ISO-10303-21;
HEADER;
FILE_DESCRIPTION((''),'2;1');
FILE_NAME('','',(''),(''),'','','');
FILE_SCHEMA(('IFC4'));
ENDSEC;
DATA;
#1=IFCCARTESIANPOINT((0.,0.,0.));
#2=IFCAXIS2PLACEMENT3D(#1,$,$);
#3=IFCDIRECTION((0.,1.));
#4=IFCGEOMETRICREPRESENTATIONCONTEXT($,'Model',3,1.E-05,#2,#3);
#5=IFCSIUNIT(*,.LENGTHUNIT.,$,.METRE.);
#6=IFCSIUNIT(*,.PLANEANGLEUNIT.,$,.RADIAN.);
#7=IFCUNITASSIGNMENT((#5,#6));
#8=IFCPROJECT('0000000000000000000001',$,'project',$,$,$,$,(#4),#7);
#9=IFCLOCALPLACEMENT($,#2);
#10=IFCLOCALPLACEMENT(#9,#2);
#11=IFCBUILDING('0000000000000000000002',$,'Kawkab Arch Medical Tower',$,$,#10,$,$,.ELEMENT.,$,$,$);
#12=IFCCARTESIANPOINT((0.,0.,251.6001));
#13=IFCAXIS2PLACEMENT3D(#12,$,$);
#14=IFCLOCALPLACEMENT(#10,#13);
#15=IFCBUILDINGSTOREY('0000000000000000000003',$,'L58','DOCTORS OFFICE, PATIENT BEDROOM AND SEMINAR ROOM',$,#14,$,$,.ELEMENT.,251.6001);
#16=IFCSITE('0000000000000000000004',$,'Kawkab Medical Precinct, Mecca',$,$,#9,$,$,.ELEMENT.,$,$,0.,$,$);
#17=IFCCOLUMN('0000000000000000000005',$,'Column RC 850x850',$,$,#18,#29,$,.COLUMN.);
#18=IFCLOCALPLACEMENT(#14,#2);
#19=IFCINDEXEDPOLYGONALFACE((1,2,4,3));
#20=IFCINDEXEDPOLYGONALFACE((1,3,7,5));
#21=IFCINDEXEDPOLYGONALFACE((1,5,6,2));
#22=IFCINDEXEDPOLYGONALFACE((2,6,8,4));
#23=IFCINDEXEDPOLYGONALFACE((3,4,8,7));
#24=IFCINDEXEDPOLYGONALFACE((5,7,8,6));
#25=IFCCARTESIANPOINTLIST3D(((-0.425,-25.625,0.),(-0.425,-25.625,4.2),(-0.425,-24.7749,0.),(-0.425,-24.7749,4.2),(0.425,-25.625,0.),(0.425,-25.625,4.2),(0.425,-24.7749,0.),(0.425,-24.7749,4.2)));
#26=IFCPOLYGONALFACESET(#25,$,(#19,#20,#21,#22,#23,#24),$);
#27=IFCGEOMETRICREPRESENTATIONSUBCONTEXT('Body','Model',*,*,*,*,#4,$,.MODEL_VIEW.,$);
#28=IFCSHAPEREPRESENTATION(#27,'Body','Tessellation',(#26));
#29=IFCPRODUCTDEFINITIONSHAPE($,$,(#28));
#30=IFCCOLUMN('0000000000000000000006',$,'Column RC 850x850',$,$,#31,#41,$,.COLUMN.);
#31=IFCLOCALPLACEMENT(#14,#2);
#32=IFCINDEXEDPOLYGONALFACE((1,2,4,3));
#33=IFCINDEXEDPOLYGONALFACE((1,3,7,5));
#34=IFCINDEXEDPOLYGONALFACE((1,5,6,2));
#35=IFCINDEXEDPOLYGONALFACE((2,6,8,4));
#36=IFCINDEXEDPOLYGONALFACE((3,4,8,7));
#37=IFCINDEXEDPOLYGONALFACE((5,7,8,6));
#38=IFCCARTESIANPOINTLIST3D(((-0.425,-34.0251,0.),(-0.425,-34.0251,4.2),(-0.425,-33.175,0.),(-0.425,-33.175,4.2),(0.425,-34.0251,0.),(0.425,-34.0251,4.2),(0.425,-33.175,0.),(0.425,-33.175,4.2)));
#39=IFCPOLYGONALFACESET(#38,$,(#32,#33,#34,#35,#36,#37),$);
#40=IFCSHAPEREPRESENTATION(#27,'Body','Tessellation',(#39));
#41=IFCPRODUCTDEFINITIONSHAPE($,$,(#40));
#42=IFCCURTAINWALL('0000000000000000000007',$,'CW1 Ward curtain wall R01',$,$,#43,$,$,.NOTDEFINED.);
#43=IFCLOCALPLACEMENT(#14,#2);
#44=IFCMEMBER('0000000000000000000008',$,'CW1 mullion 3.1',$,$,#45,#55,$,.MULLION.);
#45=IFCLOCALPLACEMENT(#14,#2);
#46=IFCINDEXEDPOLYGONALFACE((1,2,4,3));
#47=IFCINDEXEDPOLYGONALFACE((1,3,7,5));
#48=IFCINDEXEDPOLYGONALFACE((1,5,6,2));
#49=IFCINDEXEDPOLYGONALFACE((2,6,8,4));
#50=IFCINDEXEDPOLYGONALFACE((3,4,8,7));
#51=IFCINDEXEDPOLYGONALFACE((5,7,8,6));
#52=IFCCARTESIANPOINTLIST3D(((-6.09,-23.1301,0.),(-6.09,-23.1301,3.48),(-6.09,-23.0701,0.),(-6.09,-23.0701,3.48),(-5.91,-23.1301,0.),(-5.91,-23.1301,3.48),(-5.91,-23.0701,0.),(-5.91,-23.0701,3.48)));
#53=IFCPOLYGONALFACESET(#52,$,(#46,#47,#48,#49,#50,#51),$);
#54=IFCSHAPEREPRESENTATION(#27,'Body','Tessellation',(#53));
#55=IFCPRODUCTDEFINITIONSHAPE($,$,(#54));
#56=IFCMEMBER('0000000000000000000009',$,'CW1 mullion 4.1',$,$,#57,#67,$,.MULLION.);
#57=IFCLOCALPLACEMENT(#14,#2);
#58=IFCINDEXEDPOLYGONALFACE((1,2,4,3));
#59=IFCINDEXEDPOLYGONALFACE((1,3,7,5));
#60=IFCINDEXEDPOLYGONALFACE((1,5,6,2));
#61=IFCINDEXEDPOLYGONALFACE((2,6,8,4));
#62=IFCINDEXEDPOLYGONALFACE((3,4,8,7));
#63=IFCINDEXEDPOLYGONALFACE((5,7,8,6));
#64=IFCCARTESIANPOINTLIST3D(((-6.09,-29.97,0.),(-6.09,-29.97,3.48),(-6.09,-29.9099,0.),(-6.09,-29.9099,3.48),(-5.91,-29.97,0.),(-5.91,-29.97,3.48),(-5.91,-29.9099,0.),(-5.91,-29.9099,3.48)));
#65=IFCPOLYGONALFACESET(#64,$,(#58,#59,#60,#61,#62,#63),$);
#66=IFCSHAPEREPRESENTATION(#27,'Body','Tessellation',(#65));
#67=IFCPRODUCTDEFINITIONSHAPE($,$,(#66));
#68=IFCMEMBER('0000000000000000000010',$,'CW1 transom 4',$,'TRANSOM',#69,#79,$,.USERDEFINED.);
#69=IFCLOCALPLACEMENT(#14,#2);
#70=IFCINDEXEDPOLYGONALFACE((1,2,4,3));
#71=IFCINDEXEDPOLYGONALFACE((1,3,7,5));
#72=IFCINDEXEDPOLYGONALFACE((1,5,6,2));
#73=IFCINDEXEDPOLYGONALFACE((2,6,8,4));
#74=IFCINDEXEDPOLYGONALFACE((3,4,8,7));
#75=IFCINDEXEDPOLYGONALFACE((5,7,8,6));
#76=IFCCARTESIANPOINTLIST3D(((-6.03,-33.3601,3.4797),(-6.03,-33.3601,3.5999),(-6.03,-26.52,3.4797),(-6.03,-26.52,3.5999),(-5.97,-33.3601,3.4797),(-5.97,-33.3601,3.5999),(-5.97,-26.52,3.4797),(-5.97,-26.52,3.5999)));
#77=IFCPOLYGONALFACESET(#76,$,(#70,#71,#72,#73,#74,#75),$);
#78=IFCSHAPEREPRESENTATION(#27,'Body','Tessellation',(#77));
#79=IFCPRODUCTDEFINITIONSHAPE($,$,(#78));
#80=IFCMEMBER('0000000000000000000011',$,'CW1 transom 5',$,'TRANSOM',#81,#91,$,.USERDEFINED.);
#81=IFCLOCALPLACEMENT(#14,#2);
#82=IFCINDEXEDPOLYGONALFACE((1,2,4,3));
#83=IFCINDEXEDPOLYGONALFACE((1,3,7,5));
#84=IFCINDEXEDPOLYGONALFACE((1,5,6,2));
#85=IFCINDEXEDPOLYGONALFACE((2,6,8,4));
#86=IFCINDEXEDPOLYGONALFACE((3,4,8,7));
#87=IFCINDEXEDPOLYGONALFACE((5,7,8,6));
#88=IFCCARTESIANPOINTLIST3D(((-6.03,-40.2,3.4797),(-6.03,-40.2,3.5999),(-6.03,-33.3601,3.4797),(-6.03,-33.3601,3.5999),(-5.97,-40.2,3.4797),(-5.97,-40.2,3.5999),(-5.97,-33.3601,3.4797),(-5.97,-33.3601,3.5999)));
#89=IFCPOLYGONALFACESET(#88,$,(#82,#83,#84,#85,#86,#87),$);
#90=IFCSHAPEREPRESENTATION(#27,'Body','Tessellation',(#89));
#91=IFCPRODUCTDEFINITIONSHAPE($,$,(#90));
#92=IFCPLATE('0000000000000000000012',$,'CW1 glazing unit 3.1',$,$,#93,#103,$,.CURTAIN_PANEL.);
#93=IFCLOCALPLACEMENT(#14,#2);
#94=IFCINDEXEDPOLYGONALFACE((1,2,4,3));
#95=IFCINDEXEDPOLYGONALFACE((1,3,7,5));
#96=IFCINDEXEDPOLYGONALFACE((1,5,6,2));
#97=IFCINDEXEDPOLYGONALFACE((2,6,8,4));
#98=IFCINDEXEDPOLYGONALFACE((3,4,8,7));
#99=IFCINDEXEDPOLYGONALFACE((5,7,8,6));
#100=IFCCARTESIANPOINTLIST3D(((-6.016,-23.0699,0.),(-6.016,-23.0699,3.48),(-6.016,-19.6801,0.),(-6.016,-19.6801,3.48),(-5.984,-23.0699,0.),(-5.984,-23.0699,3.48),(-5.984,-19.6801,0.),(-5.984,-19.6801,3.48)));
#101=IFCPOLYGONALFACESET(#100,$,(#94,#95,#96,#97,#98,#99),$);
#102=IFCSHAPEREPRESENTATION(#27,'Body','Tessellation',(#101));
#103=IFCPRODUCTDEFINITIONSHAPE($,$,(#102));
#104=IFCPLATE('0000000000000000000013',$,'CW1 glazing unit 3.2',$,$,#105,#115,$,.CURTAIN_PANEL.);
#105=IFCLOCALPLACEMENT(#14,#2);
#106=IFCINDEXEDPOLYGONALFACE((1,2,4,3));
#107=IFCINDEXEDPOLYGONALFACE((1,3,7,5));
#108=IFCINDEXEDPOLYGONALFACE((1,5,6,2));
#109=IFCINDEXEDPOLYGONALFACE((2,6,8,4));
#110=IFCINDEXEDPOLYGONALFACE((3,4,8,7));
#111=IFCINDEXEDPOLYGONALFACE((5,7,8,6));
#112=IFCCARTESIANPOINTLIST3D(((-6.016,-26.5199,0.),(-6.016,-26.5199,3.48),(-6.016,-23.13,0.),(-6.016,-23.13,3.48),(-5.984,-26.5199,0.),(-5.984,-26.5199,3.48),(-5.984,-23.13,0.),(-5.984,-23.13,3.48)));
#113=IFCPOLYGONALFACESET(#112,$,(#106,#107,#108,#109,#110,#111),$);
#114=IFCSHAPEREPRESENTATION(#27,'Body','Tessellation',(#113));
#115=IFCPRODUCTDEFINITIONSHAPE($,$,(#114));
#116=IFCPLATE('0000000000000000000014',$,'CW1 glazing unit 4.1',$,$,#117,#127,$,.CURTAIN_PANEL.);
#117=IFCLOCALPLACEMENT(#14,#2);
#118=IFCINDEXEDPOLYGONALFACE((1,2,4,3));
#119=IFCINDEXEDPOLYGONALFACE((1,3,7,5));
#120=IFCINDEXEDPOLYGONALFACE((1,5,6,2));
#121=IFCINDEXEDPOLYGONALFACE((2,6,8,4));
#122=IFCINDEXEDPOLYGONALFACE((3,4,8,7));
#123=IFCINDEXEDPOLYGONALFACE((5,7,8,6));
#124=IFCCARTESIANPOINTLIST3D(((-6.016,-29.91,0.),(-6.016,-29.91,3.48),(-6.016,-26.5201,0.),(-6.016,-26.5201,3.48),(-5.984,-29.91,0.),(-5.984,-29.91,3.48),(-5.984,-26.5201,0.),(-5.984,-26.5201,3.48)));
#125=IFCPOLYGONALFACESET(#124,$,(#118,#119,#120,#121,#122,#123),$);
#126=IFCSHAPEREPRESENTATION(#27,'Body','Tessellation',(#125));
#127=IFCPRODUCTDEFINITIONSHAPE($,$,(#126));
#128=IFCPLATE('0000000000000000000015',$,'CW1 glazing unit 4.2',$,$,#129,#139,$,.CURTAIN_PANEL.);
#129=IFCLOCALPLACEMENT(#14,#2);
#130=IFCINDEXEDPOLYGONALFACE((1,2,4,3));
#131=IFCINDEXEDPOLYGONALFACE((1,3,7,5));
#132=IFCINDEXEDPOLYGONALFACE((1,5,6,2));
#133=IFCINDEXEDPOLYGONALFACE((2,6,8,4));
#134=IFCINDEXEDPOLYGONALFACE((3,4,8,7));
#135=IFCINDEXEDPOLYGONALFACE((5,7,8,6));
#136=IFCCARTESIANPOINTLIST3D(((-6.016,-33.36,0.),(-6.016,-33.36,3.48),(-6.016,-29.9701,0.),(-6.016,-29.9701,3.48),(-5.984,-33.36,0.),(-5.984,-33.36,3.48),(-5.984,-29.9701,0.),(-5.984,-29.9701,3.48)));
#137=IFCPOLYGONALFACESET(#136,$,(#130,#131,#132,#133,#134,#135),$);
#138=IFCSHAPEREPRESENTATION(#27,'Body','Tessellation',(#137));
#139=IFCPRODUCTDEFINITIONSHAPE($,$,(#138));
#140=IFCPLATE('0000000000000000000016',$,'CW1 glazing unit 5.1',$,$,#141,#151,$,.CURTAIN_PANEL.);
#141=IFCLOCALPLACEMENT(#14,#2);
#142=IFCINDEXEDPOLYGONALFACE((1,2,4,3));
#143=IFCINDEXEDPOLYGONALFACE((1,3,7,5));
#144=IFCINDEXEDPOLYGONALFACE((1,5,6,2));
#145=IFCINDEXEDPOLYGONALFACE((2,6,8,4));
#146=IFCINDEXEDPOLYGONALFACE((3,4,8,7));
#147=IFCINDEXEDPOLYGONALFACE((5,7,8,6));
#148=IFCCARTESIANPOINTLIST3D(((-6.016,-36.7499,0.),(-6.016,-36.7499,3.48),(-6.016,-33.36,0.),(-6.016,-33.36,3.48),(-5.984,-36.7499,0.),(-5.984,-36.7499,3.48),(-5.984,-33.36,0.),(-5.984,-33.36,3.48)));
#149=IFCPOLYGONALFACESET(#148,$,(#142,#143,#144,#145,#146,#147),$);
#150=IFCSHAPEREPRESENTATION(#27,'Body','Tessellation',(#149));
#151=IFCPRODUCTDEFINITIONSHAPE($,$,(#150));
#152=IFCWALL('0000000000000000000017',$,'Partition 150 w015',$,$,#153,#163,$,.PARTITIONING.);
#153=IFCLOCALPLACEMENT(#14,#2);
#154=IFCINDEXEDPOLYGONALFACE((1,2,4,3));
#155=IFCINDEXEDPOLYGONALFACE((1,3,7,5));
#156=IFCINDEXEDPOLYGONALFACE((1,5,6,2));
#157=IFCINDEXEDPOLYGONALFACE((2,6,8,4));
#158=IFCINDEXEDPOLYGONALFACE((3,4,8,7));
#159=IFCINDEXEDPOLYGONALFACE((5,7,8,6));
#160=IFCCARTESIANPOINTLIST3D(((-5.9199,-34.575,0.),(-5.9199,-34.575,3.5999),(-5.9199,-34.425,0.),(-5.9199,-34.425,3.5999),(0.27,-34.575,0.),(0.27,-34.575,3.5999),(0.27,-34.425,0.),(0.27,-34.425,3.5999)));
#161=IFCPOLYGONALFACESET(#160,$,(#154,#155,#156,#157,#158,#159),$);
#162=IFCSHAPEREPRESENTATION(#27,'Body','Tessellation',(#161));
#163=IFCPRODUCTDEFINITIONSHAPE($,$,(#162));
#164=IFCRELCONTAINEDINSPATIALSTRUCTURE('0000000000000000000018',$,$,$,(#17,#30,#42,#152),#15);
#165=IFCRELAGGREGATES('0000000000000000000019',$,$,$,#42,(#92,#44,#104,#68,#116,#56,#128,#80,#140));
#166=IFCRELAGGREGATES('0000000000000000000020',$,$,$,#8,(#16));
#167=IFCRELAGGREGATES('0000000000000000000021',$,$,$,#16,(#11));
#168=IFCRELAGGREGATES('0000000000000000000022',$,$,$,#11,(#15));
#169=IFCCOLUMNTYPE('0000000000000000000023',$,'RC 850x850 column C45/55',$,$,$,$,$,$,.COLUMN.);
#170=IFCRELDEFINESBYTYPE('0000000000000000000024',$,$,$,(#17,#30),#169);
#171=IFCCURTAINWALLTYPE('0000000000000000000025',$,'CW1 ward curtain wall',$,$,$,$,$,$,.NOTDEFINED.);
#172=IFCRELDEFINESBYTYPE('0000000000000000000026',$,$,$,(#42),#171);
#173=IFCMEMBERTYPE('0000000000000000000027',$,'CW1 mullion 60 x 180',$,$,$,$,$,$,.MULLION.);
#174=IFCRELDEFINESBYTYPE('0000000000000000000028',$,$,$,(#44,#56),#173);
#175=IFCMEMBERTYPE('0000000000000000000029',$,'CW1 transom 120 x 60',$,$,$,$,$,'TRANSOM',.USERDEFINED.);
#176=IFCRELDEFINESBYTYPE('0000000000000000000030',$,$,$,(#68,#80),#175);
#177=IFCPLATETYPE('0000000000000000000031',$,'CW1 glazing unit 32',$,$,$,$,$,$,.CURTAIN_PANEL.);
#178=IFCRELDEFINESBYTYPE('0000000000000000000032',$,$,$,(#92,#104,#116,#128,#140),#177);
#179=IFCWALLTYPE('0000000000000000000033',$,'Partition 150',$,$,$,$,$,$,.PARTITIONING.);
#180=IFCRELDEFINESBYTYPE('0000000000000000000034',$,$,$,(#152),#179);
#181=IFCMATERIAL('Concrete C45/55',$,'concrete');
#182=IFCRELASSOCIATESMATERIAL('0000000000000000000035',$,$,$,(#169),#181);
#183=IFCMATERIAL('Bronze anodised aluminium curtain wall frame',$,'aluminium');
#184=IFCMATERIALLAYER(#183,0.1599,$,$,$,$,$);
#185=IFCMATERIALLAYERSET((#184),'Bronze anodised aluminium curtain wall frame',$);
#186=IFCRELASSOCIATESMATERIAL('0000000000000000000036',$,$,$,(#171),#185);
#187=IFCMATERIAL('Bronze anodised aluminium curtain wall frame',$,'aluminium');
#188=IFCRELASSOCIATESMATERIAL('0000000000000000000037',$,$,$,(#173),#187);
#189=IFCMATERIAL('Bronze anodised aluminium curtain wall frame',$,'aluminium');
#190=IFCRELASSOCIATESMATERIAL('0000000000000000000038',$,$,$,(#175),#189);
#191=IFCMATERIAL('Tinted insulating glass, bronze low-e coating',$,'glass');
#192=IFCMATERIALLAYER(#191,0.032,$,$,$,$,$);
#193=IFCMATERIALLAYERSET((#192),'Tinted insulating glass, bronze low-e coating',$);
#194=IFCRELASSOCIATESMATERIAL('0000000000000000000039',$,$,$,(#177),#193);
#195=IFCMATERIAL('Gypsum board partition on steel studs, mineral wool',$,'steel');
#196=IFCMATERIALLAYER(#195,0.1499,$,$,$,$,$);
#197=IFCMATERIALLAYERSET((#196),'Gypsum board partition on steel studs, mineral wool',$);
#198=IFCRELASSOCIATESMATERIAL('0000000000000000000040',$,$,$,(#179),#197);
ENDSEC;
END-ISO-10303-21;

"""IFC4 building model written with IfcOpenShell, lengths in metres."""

from ifc_helpers import new_model, si_unit, direction, frame, frame_2d, origin, origin_2d, place, context, subcontext, project, spatial, rectangle, extrude, material, layer, layer_set, material_profile, profile_set, type_object, element, aggregate, save


model = new_model("IFC4")

# Units and contexts
model_context = context("Model", 3, precision=1e-05, world=origin(), true_north=direction((0.0, 1.0)))
body_context = subcontext(model_context, "Body", "Model", "MODEL_VIEW")
ifc_project = project(units=[si_unit("LENGTHUNIT", "METRE"), si_unit("PLANEANGLEUNIT", "RADIAN")], contexts=[model_context])

# Site, building, storey
site_placement = place(None, origin())
site = spatial("IfcSite", under=ifc_project, at=site_placement, Name="Kawkab Medical Precinct, Mecca", CompositionType="ELEMENT", RefElevation=0.0)
building_placement = place(site_placement, origin())
building = spatial("IfcBuilding", under=site, at=building_placement, Name="Kawkab Arch Medical Tower", CompositionType="ELEMENT")
storey_placement = place(building_placement, frame((0.0, 0.0, 251.6001)))
storey = spatial("IfcBuildingStorey", under=building, at=storey_placement, Name="L58", Description="DOCTORS OFFICE, PATIENT BEDROOM AND SEMINAR ROOM", CompositionType="ELEMENT", Elevation=251.6001)

# Columns
ifc_material_1 = material(Name="Concrete C45/55", Category="concrete")
ifc_material_profile_1 = material_profile(ifc_material_1, rectangle(XDim=0.8501, YDim=0.8501, at=origin_2d()), Name="RC 850x850")
ifc_profile_set_1 = profile_set([ifc_material_profile_1], Name="Concrete C45/55")
column_type = type_object("IfcColumnType", Name="RC 850x850 column C45/55", PredefinedType="COLUMN", material=ifc_profile_set_1)
for number, where, z_axis, x_axis, name in (
    (1, (0.0, -25.2, 0.0), (0.0, 0.0, 1.0), (1.0, 0.0, 0.0), "Column RC 850x850"),
    (2, (0.0, -33.6001, 0.0), (0.0, 0.0, 1.0), (1.0, 0.0, 0.0), "Column RC 850x850"),
):
    element("IfcColumn", number, at=place(storey_placement, frame(where, z_axis=z_axis, x_axis=x_axis)), inside=storey, type_object=column_type, Name=name, PredefinedType="COLUMN", context=body_context, shape_type="SweptSolid", body=[
        extrude(rectangle(XDim=0.8501, YDim=0.8501, at=origin_2d()), origin(), (0.0, 0.0, 1.0), 4.2),
    ])

# Curtain wall, members, plates
ifc_material_2 = material(Name="Bronze anodised aluminium curtain wall frame", Category="aluminium")
ifc_layer_1 = layer(ifc_material_2, 0.1599)
ifc_layer_set_1 = layer_set([ifc_layer_1], Name="Bronze anodised aluminium curtain wall frame")
curtain_wall_type = type_object("IfcCurtainWallType", Name="CW1 ward curtain wall", PredefinedType="NOTDEFINED", material=ifc_layer_set_1)
curtain_wall_placement = place(storey_placement, origin())
curtain_wall = element("IfcCurtainWall", 3, at=curtain_wall_placement, inside=storey, type_object=curtain_wall_type, Name="CW1 Ward curtain wall R01", PredefinedType="NOTDEFINED")
ifc_material_3 = material(Name="Bronze anodised aluminium curtain wall frame", Category="aluminium")
ifc_material_profile_2 = material_profile(ifc_material_3, rectangle(XDim=0.1799, YDim=0.0601, at=origin_2d()), Name="AL 60x180")
ifc_profile_set_2 = profile_set([ifc_material_profile_2], Name="Bronze anodised aluminium curtain wall frame")
member_type_1 = type_object("IfcMemberType", Name="CW1 mullion 60 x 180", PredefinedType="MULLION", material=ifc_profile_set_2)
member_1_placement = place(storey_placement, frame((-6.0, -23.1001, 0.0), z_axis=(0.0, 0.0, 1.0), x_axis=(1.0, 0.0, 0.0)))
member_1 = element("IfcMember", 4, at=member_1_placement, type_object=member_type_1, Name="CW1 mullion 3.1", PredefinedType="MULLION", context=body_context, shape_type="SweptSolid", body=[
    extrude(rectangle(XDim=0.1799, YDim=0.0601, at=origin_2d()), origin(), (0.0, 0.0, 1.0), 3.48),
])
member_2_placement = place(storey_placement, frame((-6.0, -29.9399, 0.0), z_axis=(0.0, 0.0, 1.0), x_axis=(1.0, 0.0, 0.0)))
member_2 = element("IfcMember", 5, at=member_2_placement, type_object=member_type_1, Name="CW1 mullion 4.1", PredefinedType="MULLION", context=body_context, shape_type="SweptSolid", body=[
    extrude(rectangle(XDim=0.1799, YDim=0.0601, at=origin_2d()), origin(), (0.0, 0.0, 1.0), 3.48),
])
ifc_material_4 = material(Name="Bronze anodised aluminium curtain wall frame", Category="aluminium")
ifc_material_profile_3 = material_profile(ifc_material_4, rectangle(XDim=0.0601, YDim=0.1201, at=origin_2d()), Name="AL 60x120")
ifc_profile_set_3 = profile_set([ifc_material_profile_3], Name="Bronze anodised aluminium curtain wall frame")
member_type_2 = type_object("IfcMemberType", Name="CW1 transom 120 x 60", ElementType="TRANSOM", PredefinedType="USERDEFINED", material=ifc_profile_set_3)
member_3_placement = place(storey_placement, frame((-6.0, -26.52, 3.5398), z_axis=(0.0, -1.0, 0.0), x_axis=(1.0, 0.0, 0.0)))
member_3 = element("IfcMember", 6, at=member_3_placement, type_object=member_type_2, Name="CW1 transom 4", ObjectType="TRANSOM", PredefinedType="USERDEFINED", context=body_context, shape_type="SweptSolid", body=[
    extrude(rectangle(XDim=0.0601, YDim=0.1201, at=origin_2d()), origin(), (0.0, 0.0, 1.0), 6.8401),
])
member_4_placement = place(storey_placement, frame((-6.0, -33.3601, 3.5398), z_axis=(0.0, -1.0, 0.0), x_axis=(1.0, 0.0, 0.0)))
member_4 = element("IfcMember", 7, at=member_4_placement, type_object=member_type_2, Name="CW1 transom 5", ObjectType="TRANSOM", PredefinedType="USERDEFINED", context=body_context, shape_type="SweptSolid", body=[
    extrude(rectangle(XDim=0.0601, YDim=0.1201, at=origin_2d()), origin(), (0.0, 0.0, 1.0), 6.8398),
])
ifc_material_5 = material(Name="Tinted insulating glass, bronze low-e coating", Category="glass")
ifc_layer_2 = layer(ifc_material_5, 0.032)
ifc_layer_set_2 = layer_set([ifc_layer_2], Name="Tinted insulating glass, bronze low-e coating")
plate_type = type_object("IfcPlateType", Name="CW1 glazing unit 32", PredefinedType="CURTAIN_PANEL", material=ifc_layer_set_2)
plate_1_placement = place(storey_placement, frame((-6.0, -21.375, 0.0), z_axis=(0.0, 0.0, 1.0), x_axis=(0.0, -1.0, 0.0)))
plate_1 = element("IfcPlate", 8, at=plate_1_placement, type_object=plate_type, Name="CW1 glazing unit 3.1", PredefinedType="CURTAIN_PANEL", context=body_context, shape_type="SweptSolid", body=[
    extrude(rectangle(XDim=3.3899, YDim=0.032, at=origin_2d()), origin(), (0.0, 0.0, 1.0), 3.48),
])
plate_2_placement = place(storey_placement, frame((-6.0, -24.825, 0.0), z_axis=(0.0, 0.0, 1.0), x_axis=(0.0, -1.0, 0.0)))
plate_2 = element("IfcPlate", 9, at=plate_2_placement, type_object=plate_type, Name="CW1 glazing unit 3.2", PredefinedType="CURTAIN_PANEL", context=body_context, shape_type="SweptSolid", body=[
    extrude(rectangle(XDim=3.3899, YDim=0.032, at=origin_2d()), origin(), (0.0, 0.0, 1.0), 3.48),
])
plate_3_placement = place(storey_placement, frame((-6.0, -28.2151, 0.0), z_axis=(0.0, 0.0, 1.0), x_axis=(0.0, -1.0, 0.0)))
plate_3 = element("IfcPlate", 10, at=plate_3_placement, type_object=plate_type, Name="CW1 glazing unit 4.1", PredefinedType="CURTAIN_PANEL", context=body_context, shape_type="SweptSolid", body=[
    extrude(rectangle(XDim=3.3899, YDim=0.032, at=origin_2d()), origin(), (0.0, 0.0, 1.0), 3.48),
])
plate_4_placement = place(storey_placement, frame((-6.0, -31.665, 0.0), z_axis=(0.0, 0.0, 1.0), x_axis=(0.0, -1.0, 0.0)))
plate_4 = element("IfcPlate", 11, at=plate_4_placement, type_object=plate_type, Name="CW1 glazing unit 4.2", PredefinedType="CURTAIN_PANEL", context=body_context, shape_type="SweptSolid", body=[
    extrude(rectangle(XDim=3.3899, YDim=0.032, at=origin_2d()), origin(), (0.0, 0.0, 1.0), 3.48),
])
plate_5_placement = place(storey_placement, frame((-6.0, -35.0549, 0.0), z_axis=(0.0, 0.0, 1.0), x_axis=(0.0, -1.0, 0.0)))
plate_5 = element("IfcPlate", 12, at=plate_5_placement, type_object=plate_type, Name="CW1 glazing unit 5.1", PredefinedType="CURTAIN_PANEL", context=body_context, shape_type="SweptSolid", body=[
    extrude(rectangle(XDim=3.3899, YDim=0.032, at=origin_2d()), origin(), (0.0, 0.0, 1.0), 3.48),
])
aggregate(curtain_wall, [plate_1, member_1, plate_2, member_3, plate_3, member_2, plate_4, member_4, plate_5])

# Wall
ifc_material_6 = material(Name="Gypsum board partition on steel studs, mineral wool", Category="steel")
ifc_layer_3 = layer(ifc_material_6, 0.1499)
ifc_layer_set_3 = layer_set([ifc_layer_3], Name="Gypsum board partition on steel studs, mineral wool")
wall_type_1 = type_object("IfcWallType", Name="Partition 150", PredefinedType="PARTITIONING", material=ifc_layer_set_3)
wall_1_placement = place(storey_placement, frame((-5.9199, -34.5, 0.0), z_axis=(0.0, 0.0, 1.0), x_axis=(1.0, 0.0, 0.0)))
element("IfcWall", 13, at=wall_1_placement, inside=storey, type_object=wall_type_1, Name="Partition 150 w015", PredefinedType="PARTITIONING", context=body_context, shape_type="SweptSolid", body=[
    extrude(rectangle(XDim=6.1899, YDim=0.1499, at=frame_2d((3.095, 0.0))), origin(), (0.0, 0.0, 1.0), 3.5999),
])

save(model, "model.ifc")
